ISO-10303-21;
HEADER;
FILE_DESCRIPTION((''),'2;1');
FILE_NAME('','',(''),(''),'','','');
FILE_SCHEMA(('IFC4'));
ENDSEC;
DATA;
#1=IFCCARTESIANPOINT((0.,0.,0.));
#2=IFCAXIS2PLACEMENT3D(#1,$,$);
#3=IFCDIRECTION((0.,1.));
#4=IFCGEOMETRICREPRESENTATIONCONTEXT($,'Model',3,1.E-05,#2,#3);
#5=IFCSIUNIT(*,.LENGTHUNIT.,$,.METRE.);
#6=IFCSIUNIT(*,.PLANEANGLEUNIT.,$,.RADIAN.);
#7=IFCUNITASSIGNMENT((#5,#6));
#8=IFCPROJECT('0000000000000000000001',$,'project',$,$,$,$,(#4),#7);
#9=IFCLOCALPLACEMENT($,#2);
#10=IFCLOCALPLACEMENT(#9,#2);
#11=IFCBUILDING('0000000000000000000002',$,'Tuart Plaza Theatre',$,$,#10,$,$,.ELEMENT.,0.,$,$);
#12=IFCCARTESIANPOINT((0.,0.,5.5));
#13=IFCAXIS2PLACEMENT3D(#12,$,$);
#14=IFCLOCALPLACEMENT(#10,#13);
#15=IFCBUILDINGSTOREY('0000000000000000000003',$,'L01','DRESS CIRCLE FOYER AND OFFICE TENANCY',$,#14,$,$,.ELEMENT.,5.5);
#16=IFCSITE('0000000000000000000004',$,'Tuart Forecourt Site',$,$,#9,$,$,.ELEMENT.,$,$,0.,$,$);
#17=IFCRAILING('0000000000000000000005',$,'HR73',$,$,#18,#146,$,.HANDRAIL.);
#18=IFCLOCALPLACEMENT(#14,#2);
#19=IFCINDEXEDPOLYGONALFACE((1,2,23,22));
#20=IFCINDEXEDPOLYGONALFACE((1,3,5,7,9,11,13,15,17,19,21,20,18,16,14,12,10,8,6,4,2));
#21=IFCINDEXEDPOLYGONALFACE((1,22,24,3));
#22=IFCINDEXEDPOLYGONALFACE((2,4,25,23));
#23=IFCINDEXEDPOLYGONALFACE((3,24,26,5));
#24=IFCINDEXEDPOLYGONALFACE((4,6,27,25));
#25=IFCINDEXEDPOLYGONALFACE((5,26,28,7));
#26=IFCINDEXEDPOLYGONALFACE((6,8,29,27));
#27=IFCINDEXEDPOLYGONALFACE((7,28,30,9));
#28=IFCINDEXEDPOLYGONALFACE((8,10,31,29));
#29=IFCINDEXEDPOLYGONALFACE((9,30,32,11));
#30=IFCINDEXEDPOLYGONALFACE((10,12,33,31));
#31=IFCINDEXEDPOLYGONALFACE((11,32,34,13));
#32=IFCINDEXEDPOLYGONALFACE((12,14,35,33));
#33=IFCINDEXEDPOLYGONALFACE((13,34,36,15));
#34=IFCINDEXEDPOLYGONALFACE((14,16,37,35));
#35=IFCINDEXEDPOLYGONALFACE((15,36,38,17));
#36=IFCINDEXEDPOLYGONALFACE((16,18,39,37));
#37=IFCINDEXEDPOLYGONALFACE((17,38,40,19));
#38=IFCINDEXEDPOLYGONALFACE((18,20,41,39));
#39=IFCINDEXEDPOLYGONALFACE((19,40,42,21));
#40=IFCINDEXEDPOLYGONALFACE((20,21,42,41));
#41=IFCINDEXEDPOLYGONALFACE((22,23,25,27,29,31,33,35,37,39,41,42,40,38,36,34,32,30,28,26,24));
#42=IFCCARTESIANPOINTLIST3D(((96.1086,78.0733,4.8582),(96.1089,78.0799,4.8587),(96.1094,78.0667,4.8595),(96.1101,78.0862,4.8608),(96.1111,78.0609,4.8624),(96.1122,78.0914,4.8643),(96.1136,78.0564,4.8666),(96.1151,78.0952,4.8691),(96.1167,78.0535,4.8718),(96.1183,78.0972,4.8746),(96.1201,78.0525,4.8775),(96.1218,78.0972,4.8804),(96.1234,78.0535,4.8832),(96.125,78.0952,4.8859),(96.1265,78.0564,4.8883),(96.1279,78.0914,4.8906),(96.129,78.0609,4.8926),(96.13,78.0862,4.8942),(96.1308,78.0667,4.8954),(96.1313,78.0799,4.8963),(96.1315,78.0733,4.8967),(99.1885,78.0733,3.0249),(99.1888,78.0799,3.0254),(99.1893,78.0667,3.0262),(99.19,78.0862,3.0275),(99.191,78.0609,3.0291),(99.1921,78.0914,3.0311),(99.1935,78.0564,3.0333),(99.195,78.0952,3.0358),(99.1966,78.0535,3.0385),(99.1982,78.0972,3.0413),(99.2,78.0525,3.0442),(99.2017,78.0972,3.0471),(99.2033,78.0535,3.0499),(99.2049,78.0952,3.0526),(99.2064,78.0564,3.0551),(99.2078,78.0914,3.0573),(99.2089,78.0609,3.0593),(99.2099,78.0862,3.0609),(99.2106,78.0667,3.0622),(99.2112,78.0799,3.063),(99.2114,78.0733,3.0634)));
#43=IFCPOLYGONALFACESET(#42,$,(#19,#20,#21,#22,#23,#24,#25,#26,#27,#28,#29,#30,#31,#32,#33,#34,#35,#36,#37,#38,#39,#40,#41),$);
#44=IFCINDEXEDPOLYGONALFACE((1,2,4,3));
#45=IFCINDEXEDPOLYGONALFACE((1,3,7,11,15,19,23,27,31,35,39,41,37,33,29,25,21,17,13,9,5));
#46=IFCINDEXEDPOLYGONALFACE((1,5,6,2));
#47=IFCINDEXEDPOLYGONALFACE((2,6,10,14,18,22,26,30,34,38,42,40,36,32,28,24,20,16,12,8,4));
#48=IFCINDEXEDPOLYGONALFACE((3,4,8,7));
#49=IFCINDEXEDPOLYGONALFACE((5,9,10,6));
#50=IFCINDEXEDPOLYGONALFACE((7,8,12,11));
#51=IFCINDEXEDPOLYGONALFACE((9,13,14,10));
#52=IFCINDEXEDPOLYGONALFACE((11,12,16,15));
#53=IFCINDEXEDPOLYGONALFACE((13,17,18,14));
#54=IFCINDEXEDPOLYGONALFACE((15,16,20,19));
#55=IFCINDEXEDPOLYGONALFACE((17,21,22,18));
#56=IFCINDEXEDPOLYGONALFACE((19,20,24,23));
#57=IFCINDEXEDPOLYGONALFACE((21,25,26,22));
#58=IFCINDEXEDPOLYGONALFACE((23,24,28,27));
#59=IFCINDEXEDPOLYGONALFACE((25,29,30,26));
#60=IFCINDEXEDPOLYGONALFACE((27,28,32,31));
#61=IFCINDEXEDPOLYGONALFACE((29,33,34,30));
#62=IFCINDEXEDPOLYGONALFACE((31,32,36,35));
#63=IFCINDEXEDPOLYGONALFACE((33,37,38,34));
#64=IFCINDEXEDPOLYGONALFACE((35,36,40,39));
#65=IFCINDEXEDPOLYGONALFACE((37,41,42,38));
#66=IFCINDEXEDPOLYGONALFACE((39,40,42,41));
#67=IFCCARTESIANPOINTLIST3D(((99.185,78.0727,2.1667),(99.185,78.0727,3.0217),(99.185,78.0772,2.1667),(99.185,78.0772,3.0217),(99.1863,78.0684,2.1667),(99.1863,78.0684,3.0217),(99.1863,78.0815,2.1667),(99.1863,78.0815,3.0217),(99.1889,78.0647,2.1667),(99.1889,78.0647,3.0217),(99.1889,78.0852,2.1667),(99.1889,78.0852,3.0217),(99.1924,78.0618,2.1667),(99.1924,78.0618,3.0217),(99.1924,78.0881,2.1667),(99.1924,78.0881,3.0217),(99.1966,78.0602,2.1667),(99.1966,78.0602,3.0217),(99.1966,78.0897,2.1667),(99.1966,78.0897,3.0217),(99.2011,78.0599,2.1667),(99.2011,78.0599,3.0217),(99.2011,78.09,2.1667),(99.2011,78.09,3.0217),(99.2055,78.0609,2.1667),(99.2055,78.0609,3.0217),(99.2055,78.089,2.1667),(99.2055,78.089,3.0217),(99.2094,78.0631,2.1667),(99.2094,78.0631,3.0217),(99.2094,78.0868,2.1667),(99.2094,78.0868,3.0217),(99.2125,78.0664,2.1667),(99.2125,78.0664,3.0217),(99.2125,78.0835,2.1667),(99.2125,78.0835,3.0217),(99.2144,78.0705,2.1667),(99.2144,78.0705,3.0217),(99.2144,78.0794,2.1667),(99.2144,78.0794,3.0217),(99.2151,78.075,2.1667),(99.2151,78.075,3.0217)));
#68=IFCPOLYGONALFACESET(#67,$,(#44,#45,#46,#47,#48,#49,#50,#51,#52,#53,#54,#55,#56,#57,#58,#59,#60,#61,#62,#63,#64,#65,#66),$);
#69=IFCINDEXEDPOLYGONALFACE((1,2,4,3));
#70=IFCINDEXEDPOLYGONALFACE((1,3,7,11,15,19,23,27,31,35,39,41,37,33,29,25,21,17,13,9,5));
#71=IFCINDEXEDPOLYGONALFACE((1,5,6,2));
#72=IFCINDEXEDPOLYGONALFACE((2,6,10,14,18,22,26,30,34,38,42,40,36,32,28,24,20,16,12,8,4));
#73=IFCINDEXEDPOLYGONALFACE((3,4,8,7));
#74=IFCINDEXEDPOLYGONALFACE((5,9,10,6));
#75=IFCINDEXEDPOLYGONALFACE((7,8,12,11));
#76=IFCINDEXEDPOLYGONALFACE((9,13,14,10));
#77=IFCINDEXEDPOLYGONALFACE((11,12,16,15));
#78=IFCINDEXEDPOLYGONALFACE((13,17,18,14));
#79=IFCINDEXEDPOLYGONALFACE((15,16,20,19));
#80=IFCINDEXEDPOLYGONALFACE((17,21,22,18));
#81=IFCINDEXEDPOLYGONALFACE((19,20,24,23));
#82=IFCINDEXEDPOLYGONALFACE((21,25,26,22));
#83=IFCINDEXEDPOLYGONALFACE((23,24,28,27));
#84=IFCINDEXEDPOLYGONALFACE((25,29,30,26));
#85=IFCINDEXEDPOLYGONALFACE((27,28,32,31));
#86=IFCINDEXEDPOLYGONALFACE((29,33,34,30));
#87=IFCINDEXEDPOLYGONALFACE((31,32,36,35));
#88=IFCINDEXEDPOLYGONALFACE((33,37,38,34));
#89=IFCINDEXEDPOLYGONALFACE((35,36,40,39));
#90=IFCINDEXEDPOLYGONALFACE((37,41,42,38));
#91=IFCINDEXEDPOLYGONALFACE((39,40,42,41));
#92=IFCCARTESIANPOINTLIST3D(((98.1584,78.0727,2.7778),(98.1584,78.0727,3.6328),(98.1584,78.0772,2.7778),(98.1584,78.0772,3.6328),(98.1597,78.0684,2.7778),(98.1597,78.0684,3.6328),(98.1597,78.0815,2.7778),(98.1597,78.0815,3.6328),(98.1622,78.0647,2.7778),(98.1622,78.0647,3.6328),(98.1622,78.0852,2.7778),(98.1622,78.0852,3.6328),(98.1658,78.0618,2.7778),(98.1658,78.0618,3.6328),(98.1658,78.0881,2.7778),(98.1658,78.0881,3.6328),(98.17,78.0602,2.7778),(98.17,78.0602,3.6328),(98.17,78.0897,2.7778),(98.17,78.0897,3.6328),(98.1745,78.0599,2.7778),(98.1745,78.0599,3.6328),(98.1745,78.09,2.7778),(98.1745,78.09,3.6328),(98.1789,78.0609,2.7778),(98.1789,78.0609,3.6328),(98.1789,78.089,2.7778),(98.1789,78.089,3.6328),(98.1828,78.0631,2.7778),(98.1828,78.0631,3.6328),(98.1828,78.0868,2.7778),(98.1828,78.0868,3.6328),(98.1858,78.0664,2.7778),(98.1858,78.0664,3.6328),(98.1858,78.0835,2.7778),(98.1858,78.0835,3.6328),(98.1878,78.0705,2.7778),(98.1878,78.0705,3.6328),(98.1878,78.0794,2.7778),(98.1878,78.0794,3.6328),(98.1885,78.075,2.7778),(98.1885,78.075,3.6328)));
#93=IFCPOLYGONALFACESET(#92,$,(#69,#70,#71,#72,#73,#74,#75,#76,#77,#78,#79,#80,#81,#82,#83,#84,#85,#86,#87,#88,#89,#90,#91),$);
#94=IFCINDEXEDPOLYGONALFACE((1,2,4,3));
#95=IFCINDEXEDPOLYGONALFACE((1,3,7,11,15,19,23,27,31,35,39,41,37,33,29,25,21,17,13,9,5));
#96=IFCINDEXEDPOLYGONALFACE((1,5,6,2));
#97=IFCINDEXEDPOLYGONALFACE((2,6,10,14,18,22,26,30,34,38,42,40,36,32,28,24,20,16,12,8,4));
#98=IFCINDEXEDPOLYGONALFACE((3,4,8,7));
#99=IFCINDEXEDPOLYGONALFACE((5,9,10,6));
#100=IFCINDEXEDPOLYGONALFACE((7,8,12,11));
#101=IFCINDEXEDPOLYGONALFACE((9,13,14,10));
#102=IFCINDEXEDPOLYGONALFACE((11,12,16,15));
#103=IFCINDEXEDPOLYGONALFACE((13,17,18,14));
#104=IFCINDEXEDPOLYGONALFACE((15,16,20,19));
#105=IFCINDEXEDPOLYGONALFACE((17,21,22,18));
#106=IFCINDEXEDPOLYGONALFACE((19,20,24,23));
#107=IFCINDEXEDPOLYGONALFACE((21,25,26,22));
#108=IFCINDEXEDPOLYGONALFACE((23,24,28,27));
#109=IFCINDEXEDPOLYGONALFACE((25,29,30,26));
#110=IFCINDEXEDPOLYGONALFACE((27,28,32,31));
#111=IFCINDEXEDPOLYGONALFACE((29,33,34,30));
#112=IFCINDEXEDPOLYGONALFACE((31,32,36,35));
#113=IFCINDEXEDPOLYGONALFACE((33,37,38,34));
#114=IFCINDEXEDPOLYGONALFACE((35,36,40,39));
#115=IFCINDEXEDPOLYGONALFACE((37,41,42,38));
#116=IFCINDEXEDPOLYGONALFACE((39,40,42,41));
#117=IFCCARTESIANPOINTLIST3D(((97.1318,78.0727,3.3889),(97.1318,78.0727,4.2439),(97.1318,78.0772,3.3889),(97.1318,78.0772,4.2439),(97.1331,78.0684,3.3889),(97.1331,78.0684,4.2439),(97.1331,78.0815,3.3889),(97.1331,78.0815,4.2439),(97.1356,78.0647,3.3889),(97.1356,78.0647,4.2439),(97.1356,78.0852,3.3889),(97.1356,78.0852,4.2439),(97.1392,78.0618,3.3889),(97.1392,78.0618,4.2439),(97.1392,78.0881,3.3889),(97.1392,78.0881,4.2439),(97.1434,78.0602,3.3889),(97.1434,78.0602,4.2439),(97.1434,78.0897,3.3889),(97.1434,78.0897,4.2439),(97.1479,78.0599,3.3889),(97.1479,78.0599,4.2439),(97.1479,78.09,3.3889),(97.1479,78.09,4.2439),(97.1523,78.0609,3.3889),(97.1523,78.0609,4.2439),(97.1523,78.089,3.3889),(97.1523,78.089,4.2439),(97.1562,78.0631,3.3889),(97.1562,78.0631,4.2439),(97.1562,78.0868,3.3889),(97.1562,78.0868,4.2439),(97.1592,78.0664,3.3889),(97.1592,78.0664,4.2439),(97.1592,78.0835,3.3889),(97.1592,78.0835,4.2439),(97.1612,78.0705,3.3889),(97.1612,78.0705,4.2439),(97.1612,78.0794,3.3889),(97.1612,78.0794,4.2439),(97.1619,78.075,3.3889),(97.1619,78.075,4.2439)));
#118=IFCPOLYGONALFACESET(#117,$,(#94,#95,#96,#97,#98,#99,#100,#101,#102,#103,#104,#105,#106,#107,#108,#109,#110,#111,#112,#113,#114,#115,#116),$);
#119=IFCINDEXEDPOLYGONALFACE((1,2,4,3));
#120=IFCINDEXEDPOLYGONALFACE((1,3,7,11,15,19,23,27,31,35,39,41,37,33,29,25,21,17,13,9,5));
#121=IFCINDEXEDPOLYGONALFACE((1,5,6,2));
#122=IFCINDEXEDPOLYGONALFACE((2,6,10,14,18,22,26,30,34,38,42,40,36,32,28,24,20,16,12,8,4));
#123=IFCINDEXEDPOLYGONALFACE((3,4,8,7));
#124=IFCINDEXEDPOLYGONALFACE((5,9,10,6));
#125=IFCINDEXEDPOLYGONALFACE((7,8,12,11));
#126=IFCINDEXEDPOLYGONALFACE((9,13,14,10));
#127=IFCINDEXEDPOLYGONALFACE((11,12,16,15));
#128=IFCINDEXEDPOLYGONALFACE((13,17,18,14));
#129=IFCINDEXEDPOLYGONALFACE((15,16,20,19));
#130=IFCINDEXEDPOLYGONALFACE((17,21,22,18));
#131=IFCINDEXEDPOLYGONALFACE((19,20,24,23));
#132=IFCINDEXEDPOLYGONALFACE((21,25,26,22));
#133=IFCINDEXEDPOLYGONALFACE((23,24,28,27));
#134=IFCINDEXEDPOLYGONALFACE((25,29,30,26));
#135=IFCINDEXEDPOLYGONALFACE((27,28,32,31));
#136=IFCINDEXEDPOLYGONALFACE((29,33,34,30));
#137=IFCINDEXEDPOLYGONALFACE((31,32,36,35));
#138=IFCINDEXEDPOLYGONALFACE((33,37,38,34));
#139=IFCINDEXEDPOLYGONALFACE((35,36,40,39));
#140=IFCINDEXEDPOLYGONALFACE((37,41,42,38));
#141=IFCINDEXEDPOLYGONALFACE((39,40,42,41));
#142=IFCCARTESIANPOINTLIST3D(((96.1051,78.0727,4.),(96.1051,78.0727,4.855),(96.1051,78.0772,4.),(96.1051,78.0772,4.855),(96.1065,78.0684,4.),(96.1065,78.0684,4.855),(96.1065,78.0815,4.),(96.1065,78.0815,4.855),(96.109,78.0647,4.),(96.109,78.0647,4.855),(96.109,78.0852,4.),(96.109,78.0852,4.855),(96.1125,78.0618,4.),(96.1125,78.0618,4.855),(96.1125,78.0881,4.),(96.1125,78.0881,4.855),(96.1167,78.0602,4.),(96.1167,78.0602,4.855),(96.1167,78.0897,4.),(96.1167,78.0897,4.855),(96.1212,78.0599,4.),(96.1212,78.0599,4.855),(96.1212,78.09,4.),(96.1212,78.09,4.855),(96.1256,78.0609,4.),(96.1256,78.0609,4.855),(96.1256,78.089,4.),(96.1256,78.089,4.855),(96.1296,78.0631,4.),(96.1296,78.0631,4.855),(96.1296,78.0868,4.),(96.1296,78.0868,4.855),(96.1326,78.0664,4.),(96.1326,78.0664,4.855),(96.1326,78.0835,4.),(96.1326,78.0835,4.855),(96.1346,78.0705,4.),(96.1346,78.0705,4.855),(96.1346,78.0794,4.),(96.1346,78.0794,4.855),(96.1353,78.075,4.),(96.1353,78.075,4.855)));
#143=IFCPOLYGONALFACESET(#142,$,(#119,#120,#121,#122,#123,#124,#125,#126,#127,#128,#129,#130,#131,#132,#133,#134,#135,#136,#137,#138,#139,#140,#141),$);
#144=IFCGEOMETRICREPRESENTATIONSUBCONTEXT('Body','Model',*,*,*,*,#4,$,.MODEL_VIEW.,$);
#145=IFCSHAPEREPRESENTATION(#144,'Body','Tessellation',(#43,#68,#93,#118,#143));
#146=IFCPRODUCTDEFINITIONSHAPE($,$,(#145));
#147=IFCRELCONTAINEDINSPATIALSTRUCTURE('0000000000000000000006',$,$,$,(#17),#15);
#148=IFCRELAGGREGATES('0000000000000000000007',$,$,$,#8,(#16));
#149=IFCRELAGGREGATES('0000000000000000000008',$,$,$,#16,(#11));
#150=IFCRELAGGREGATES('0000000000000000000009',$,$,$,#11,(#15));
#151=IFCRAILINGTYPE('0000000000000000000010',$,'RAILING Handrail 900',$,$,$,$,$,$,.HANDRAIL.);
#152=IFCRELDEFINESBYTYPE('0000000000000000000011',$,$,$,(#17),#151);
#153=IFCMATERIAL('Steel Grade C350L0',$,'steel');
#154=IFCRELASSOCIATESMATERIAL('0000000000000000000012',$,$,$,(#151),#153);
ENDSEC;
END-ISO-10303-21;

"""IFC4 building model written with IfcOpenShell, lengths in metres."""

from ifc_helpers import new_model, si_unit, direction, frame, origin, origin_2d, place, context, subcontext, project, spatial, circle, extrude, material, type_object, element, save


model = new_model("IFC4")

# Units and contexts
model_context = context("Model", 3, precision=1e-05, world=origin(), true_north=direction((0.0, 1.0)))
body_context = subcontext(model_context, "Body", "Model", "MODEL_VIEW")
ifc_project = project(units=[si_unit("LENGTHUNIT", "METRE"), si_unit("PLANEANGLEUNIT", "RADIAN")], contexts=[model_context])

# Site, building, storey
site_placement = place(None, origin())
site = spatial("IfcSite", under=ifc_project, at=site_placement, Name="Tuart Forecourt Site", CompositionType="ELEMENT", RefElevation=0.0)
building_placement = place(site_placement, origin())
building = spatial("IfcBuilding", under=site, at=building_placement, Name="Tuart Plaza Theatre", CompositionType="ELEMENT", ElevationOfRefHeight=0.0)
storey_placement = place(building_placement, frame((0.0, 0.0, 5.5)))
storey = spatial("IfcBuildingStorey", under=building, at=storey_placement, Name="L01", Description="DRESS CIRCLE FOYER AND OFFICE TENANCY", CompositionType="ELEMENT", Elevation=5.5)

# Railing
ifc_material_1 = material(Name="Steel Grade C350L0", Category="steel")
railing_type_1 = type_object("IfcRailingType", Name="RAILING Handrail 900", PredefinedType="HANDRAIL", material=ifc_material_1)
for number, where, name in (
    (1, (99.2, 78.075, 2.1667), "HR73"),
):
    element("IfcRailing", number, at=place(storey_placement, frame(where)), inside=storey, type_object=railing_type_1, Name=name, PredefinedType="HANDRAIL", context=body_context, shape_type="SweptSolid", body=[
        extrude(circle(Radius=0.0225, at=origin_2d()), frame((0.0, 0.0, 0.8774), z_axis=(-0.859291, 0.0, 0.511487), x_axis=(0.0, -1.0, 0.0)), (0.0, 0.0, 1.0), 3.5842),
        extrude(circle(Radius=0.0151, at=origin_2d()), origin(), (0.0, 0.0, 1.0), 0.855),
        extrude(circle(Radius=0.0151, at=origin_2d()), frame((-1.0266, 0.0, 0.6111)), (0.0, 0.0, 1.0), 0.855),
        extrude(circle(Radius=0.0151, at=origin_2d()), frame((-2.0532, 0.0, 1.2222)), (0.0, 0.0, 1.0), 0.855),
        extrude(circle(Radius=0.0151, at=origin_2d()), frame((-3.0798, 0.0, 1.8333)), (0.0, 0.0, 1.0), 0.855),
    ])

save(model, "model.ifc")
